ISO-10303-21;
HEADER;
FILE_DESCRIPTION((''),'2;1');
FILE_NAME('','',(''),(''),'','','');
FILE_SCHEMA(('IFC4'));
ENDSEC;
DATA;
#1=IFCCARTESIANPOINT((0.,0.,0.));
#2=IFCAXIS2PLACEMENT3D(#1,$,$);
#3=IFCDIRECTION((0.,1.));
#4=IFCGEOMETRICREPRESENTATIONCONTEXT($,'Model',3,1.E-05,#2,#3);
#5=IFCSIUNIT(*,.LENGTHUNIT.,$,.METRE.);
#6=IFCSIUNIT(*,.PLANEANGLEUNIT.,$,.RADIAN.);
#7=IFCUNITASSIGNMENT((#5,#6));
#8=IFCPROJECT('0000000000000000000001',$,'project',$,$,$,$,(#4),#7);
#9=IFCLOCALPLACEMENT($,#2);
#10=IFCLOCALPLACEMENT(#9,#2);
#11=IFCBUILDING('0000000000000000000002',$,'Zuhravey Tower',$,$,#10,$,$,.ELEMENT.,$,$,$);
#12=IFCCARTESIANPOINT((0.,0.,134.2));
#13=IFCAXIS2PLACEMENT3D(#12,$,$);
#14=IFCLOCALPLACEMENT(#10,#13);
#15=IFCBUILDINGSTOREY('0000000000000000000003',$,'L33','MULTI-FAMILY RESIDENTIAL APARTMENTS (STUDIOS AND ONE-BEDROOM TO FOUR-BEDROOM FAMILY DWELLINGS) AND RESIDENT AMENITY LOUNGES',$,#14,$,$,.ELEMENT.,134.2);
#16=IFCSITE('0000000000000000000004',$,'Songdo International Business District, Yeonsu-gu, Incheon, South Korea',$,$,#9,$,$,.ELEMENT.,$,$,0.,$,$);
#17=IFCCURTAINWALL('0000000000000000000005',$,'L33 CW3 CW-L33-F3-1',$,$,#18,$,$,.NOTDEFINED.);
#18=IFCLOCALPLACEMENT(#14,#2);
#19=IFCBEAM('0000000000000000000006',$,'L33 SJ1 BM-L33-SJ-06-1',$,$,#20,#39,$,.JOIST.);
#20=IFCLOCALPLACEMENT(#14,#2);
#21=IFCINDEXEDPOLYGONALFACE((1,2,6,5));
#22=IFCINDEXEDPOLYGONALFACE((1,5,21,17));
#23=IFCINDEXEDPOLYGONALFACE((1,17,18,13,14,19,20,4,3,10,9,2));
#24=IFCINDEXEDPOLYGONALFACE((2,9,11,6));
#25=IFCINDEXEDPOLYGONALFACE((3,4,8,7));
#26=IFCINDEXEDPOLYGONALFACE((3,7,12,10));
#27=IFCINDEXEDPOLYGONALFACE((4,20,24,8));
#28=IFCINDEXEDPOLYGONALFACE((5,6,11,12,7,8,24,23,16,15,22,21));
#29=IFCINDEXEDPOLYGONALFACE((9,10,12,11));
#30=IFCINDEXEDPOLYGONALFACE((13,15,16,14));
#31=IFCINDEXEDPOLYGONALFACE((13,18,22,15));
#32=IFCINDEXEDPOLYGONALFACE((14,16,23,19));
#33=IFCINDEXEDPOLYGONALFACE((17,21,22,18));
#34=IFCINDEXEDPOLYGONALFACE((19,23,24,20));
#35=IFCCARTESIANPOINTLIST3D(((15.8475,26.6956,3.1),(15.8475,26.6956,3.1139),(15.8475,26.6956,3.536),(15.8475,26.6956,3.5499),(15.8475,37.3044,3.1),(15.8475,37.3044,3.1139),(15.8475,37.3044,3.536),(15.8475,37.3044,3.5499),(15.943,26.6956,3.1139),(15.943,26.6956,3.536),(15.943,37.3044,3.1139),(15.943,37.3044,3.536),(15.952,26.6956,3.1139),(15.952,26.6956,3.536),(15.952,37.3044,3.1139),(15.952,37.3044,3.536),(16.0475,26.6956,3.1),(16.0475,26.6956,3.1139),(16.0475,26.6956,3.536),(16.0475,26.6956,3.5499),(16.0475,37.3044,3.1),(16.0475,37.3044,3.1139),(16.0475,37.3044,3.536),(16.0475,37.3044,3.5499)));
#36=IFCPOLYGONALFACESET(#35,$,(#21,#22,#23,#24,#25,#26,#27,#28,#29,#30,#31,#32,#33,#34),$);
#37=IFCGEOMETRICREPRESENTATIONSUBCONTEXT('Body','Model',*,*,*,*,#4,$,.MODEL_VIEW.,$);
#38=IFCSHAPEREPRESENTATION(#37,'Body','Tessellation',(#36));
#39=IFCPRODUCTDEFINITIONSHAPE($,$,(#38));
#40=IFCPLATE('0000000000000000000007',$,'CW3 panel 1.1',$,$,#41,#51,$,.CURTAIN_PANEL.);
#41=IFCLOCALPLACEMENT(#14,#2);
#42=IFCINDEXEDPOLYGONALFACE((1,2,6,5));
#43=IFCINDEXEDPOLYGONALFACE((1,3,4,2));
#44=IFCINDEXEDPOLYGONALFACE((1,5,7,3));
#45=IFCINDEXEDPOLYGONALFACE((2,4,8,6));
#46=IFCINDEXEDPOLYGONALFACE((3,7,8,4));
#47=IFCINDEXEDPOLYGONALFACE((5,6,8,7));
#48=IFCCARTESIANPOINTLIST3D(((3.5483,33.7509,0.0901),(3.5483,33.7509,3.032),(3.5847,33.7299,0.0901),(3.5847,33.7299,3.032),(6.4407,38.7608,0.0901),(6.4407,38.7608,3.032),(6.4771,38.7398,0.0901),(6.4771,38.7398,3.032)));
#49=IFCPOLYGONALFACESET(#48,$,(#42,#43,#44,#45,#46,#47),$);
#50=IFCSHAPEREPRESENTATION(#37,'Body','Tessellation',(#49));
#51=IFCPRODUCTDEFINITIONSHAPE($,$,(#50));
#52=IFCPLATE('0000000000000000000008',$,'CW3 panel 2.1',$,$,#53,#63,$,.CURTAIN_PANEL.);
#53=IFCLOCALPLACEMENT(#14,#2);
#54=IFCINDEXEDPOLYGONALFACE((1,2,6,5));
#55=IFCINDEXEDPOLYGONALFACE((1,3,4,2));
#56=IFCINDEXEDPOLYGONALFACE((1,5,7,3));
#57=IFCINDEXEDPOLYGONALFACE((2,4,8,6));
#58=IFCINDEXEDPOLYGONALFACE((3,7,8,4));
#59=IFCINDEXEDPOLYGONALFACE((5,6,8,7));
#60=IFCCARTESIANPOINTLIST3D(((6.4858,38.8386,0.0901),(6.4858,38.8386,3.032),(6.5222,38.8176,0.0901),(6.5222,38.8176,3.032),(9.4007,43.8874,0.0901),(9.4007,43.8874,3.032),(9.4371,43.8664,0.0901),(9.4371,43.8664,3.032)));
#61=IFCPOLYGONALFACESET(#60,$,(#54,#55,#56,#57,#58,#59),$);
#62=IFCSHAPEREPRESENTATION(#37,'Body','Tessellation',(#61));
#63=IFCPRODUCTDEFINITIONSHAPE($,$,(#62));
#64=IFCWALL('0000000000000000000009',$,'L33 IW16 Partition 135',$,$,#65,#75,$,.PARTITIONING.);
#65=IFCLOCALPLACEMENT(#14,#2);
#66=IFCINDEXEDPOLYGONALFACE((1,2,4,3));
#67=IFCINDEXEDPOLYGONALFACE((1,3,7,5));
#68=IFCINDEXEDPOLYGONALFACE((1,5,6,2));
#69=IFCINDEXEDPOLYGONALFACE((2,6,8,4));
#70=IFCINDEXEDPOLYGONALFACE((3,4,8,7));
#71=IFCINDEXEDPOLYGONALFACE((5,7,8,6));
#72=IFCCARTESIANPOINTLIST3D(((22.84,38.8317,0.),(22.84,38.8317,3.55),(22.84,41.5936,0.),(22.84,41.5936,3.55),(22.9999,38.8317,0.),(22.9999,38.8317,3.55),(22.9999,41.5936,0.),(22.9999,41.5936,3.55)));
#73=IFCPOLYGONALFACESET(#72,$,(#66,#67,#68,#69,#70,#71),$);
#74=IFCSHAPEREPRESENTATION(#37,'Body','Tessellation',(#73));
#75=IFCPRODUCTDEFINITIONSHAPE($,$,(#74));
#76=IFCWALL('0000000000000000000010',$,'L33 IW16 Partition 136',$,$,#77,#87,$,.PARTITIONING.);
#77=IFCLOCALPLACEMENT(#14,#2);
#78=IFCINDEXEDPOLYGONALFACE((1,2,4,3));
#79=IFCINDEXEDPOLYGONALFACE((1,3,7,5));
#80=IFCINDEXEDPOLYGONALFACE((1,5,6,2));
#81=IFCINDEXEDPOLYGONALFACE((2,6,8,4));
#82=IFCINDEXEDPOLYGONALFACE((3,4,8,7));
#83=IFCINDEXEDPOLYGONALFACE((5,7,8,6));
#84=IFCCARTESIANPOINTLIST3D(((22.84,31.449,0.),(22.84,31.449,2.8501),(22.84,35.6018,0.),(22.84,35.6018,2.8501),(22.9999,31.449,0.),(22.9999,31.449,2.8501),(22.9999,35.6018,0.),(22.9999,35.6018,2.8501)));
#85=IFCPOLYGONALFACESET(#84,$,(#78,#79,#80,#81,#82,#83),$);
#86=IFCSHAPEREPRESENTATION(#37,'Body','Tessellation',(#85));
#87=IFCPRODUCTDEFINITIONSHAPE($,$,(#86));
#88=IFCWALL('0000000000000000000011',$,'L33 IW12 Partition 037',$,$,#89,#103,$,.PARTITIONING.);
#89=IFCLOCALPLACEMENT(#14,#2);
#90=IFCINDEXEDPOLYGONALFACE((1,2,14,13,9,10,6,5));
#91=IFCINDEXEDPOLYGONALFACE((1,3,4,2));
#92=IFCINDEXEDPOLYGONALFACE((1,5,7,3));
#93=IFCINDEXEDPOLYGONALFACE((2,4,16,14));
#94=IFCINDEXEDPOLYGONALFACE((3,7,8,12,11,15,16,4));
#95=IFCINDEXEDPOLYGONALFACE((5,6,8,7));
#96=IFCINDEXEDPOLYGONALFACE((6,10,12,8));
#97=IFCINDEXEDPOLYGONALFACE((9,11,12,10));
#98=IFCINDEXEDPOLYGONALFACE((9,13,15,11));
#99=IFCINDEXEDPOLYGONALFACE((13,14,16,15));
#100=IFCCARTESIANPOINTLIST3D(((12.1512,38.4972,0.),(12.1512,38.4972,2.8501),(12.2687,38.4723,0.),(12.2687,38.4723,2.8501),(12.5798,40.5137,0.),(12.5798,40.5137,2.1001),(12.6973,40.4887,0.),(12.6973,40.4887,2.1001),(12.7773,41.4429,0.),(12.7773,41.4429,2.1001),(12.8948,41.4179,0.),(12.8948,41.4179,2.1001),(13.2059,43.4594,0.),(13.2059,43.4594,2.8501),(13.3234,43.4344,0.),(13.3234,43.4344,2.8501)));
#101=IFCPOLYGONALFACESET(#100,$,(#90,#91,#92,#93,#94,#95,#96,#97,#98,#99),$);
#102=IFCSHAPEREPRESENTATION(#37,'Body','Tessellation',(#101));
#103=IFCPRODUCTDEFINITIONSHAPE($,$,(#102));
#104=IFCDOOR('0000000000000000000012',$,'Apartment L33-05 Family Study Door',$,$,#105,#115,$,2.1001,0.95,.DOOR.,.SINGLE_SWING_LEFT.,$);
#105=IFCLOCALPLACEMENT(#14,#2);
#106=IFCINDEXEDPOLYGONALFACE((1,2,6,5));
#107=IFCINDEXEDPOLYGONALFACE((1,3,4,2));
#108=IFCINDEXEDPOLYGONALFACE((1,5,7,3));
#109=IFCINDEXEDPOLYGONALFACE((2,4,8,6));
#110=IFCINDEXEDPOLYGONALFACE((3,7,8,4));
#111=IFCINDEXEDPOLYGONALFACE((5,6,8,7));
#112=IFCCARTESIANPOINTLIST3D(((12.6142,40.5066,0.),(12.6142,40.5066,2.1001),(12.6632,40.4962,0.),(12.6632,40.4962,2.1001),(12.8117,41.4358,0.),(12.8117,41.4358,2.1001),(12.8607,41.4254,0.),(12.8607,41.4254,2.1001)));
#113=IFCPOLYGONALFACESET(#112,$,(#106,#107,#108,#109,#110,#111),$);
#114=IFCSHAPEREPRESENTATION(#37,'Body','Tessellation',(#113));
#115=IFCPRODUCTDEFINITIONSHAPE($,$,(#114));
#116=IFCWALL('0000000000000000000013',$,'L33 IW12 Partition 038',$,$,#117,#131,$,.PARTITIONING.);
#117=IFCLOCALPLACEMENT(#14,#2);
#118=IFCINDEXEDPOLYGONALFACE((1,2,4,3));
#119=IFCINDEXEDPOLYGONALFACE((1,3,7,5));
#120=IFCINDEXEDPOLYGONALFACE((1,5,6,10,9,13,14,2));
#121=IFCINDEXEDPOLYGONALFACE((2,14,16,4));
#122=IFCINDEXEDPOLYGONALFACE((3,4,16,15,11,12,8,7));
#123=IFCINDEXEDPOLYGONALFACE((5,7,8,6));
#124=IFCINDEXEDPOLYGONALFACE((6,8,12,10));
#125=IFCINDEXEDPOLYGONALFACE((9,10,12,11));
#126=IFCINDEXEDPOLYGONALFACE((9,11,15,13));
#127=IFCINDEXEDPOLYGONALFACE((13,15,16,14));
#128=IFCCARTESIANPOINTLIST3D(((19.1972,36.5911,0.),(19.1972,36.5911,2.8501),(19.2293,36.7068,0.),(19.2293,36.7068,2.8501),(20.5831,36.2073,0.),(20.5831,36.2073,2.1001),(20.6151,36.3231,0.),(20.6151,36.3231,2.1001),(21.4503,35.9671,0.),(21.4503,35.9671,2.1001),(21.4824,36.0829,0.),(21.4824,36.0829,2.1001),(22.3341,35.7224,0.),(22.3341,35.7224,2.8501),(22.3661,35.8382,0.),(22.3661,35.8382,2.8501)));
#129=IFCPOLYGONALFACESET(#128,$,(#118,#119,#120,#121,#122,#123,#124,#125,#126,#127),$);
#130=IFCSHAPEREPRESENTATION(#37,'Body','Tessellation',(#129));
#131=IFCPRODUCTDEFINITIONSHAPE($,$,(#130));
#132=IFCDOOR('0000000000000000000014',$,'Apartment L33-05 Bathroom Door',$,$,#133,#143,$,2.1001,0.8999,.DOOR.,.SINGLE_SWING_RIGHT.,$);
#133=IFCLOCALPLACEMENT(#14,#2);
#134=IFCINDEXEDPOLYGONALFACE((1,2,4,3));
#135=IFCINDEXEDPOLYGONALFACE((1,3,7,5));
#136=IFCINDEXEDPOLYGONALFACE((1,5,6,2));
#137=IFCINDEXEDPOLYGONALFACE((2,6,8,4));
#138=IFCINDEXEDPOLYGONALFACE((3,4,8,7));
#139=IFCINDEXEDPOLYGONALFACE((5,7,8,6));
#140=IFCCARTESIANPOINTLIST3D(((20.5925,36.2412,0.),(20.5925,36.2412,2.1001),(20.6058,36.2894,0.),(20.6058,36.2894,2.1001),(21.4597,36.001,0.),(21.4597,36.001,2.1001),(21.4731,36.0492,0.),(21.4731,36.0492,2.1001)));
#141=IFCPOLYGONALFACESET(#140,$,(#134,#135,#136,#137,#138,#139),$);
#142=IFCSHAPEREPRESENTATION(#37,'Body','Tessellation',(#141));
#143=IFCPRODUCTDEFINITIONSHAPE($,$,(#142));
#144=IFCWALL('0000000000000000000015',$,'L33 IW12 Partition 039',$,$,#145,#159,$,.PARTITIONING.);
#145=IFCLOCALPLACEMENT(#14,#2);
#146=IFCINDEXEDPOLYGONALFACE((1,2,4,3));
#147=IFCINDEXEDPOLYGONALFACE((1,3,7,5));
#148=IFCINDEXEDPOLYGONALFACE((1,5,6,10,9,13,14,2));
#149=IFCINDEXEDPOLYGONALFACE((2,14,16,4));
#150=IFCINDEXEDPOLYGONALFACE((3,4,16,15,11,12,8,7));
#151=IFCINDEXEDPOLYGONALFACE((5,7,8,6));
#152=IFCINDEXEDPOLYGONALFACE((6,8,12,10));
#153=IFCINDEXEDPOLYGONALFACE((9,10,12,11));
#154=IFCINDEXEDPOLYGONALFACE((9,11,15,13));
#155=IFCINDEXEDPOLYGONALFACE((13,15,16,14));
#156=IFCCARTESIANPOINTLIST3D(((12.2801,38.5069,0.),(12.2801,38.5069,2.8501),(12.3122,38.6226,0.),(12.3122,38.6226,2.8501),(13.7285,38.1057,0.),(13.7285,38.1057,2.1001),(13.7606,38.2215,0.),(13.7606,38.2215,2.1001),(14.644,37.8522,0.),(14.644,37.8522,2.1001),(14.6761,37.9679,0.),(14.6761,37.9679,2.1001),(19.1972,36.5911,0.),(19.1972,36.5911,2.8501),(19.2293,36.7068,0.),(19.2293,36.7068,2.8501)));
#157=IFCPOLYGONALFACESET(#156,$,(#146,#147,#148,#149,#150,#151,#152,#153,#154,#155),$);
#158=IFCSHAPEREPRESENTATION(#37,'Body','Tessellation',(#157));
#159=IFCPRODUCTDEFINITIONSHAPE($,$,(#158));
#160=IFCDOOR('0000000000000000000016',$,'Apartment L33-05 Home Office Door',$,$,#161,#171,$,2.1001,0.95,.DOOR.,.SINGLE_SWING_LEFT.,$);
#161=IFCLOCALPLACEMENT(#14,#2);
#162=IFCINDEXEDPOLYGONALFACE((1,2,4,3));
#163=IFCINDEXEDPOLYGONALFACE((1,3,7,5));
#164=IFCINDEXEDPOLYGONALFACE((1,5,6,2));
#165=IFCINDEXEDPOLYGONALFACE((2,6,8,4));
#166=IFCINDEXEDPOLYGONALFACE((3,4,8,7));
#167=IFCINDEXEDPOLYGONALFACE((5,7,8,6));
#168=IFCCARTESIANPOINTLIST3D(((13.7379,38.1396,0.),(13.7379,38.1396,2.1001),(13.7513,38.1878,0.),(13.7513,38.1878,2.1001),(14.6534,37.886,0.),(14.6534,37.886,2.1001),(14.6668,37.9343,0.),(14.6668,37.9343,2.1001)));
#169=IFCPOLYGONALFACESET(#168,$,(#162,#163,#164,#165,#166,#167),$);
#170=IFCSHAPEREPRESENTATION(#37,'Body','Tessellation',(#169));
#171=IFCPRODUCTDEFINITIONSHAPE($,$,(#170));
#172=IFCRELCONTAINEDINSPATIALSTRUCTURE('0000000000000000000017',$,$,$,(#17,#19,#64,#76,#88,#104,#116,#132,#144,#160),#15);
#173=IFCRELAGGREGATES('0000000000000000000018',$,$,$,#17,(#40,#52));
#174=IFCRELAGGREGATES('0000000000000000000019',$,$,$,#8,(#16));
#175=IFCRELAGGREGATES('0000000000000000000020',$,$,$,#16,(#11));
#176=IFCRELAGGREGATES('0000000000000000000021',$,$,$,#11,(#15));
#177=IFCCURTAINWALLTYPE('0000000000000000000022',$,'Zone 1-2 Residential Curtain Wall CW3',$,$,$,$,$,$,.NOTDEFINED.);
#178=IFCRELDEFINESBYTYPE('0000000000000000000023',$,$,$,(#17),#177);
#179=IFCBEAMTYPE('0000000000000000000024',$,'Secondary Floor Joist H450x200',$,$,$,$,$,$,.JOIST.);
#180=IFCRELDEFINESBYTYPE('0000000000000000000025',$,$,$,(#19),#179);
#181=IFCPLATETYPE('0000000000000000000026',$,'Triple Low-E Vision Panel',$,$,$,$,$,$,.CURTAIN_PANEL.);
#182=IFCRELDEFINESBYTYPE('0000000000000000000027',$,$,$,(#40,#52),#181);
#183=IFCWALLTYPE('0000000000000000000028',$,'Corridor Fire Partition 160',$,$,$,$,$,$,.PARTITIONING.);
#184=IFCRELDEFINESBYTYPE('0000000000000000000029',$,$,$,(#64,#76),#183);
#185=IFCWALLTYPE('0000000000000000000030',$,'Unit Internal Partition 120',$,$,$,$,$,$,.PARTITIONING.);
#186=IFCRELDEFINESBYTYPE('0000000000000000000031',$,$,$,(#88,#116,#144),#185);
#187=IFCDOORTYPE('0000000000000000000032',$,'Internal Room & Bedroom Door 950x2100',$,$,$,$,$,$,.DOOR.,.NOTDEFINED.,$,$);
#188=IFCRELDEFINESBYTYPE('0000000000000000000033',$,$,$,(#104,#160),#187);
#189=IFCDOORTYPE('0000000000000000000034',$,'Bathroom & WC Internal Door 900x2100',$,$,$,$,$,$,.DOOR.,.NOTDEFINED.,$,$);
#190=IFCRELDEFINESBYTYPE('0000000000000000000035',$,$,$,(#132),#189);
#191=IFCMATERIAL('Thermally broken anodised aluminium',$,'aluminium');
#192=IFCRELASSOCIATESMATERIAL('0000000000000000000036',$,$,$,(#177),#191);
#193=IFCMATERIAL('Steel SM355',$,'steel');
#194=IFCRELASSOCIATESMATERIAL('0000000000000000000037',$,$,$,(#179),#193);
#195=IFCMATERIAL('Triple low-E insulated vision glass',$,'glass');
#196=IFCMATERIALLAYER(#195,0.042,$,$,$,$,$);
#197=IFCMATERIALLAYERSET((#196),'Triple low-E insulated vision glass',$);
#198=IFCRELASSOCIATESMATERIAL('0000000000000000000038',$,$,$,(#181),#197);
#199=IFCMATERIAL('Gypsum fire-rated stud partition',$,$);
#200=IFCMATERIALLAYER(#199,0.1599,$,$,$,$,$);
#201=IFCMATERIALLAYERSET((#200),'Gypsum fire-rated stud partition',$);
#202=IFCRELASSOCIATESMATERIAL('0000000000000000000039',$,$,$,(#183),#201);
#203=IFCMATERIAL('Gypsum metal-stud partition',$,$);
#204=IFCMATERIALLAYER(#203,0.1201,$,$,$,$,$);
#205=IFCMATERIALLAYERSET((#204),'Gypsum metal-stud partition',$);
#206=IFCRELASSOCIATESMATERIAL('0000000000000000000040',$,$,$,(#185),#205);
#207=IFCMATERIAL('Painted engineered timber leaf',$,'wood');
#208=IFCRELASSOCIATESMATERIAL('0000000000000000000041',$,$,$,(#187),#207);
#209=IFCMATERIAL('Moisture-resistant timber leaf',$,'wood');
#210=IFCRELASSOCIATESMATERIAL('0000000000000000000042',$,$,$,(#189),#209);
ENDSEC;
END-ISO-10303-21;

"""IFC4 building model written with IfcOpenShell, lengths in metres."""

from ifc_helpers import new_model, si_unit, direction, frame, frame_2d, origin, origin_2d, place, context, subcontext, project, spatial, rectangle, i_section, extrude, material, layer, layer_set, material_profile, profile_set, type_object, element, fill, aggregate, save


model = new_model("IFC4")

# Units and contexts
model_context = context("Model", 3, precision=1e-05, world=origin(), true_north=direction((0.0, 1.0)))
body_context = subcontext(model_context, "Body", "Model", "MODEL_VIEW")
ifc_project = project(units=[si_unit("LENGTHUNIT", "METRE"), si_unit("PLANEANGLEUNIT", "RADIAN")], contexts=[model_context])

# Site, building, storey
site_placement = place(None, origin())
site = spatial("IfcSite", under=ifc_project, at=site_placement, Name="Songdo International Business District, Yeonsu-gu, Incheon, South Korea", CompositionType="ELEMENT", RefElevation=0.0)
building_placement = place(site_placement, origin())
building = spatial("IfcBuilding", under=site, at=building_placement, Name="Zuhravey Tower", CompositionType="ELEMENT")
storey_placement = place(building_placement, frame((0.0, 0.0, 134.2)))
storey = spatial("IfcBuildingStorey", under=building, at=storey_placement, Name="L33", Description="MULTI-FAMILY RESIDENTIAL APARTMENTS (STUDIOS AND ONE-BEDROOM TO FOUR-BEDROOM FAMILY DWELLINGS) AND RESIDENT AMENITY LOUNGES", CompositionType="ELEMENT", Elevation=134.2)

# Curtain wall
ifc_material_1 = material(Name="Thermally broken anodised aluminium", Category="aluminium")
curtain_wall_type = type_object("IfcCurtainWallType", Name="Zone 1-2 Residential Curtain Wall CW3", PredefinedType="NOTDEFINED", material=ifc_material_1)
curtain_wall_placement = place(storey_placement, origin())
curtain_wall = element("IfcCurtainWall", 1, at=curtain_wall_placement, inside=storey, type_object=curtain_wall_type, Name="L33 CW3 CW-L33-F3-1", PredefinedType="NOTDEFINED")

# Beam
ifc_material_2 = material(Name="Steel SM355", Category="steel")
ifc_material_profile_1 = material_profile(ifc_material_2, i_section(OverallWidth=0.2, OverallDepth=0.45, WebThickness=0.009, FlangeThickness=0.0139, at=origin_2d()), Name="H-450x200x9x14")
ifc_profile_set_1 = profile_set([ifc_material_profile_1], Name="Steel SM355")
beam_type_1 = type_object("IfcBeamType", Name="Secondary Floor Joist H450x200", PredefinedType="JOIST", material=ifc_profile_set_1)
beam_1_placement = place(storey_placement, frame((15.9475, 37.3044, 3.325), z_axis=(0.0, -1.0, 0.0), x_axis=(1.0, 0.0, 0.0)))
element("IfcBeam", 2, at=beam_1_placement, inside=storey, type_object=beam_type_1, Name="L33 SJ1 BM-L33-SJ-06-1", PredefinedType="JOIST", context=body_context, shape_type="SweptSolid", body=[
    extrude(i_section(OverallWidth=0.2, OverallDepth=0.45, WebThickness=0.009, FlangeThickness=0.0139, at=origin_2d()), origin(), (0.0, 0.0, 1.0), 10.6089),
])

# Plates
ifc_material_3 = material(Name="Triple low-E insulated vision glass", Category="glass")
ifc_layer_1 = layer(ifc_material_3, 0.042)
ifc_layer_set_1 = layer_set([ifc_layer_1], Name="Triple low-E insulated vision glass")
plate_type = type_object("IfcPlateType", Name="Triple Low-E Vision Panel", PredefinedType="CURTAIN_PANEL", material=ifc_layer_set_1)
plate_1_placement = place(storey_placement, frame((5.0127, 36.2454, 0.0901), z_axis=(0.0, 0.0, 1.0), x_axis=(0.5, 0.866026, 0.0)))
plate_1 = element("IfcPlate", 3, at=plate_1_placement, type_object=plate_type, Name="CW3 panel 1.1", PredefinedType="CURTAIN_PANEL", context=body_context, shape_type="SweptSolid", body=[
    extrude(rectangle(XDim=5.7849, YDim=0.042, at=origin_2d()), origin(), (0.0, 0.0, 1.0), 2.9419),
])
plate_2_placement = place(storey_placement, frame((7.9614, 41.3525, 0.0901), z_axis=(0.0, 0.0, 1.0), x_axis=(0.5, 0.866026, 0.0)))
plate_2 = element("IfcPlate", 4, at=plate_2_placement, type_object=plate_type, Name="CW3 panel 2.1", PredefinedType="CURTAIN_PANEL", context=body_context, shape_type="SweptSolid", body=[
    extrude(rectangle(XDim=5.8298, YDim=0.042, at=origin_2d()), origin(), (0.0, 0.0, 1.0), 2.9419),
])
aggregate(curtain_wall, [plate_1, plate_2])

# Shared definitions
ifc_material_4 = material(Name="Gypsum fire-rated stud partition")
ifc_layer_2 = layer(ifc_material_4, 0.1599)
ifc_layer_set_2 = layer_set([ifc_layer_2], Name="Gypsum fire-rated stud partition")
wall_type_1 = type_object("IfcWallType", Name="Corridor Fire Partition 160", PredefinedType="PARTITIONING", material=ifc_layer_set_2)

# Walls
wall_1_placement = place(storey_placement, frame((22.9199, 41.5935, 0.0), z_axis=(0.0, 0.0, 1.0), x_axis=(0.0, -1.0, 0.0)))
element("IfcWall", 5, at=wall_1_placement, inside=storey, type_object=wall_type_1, Name="L33 IW16 Partition 135", PredefinedType="PARTITIONING", context=body_context, shape_type="SweptSolid", body=[
    extrude(rectangle(XDim=2.762, YDim=0.1599, at=frame_2d((1.3809, 0.0))), origin(), (0.0, 0.0, 1.0), 3.55),
])
wall_2_placement = place(storey_placement, frame((22.9199, 35.6018, 0.0), z_axis=(0.0, 0.0, 1.0), x_axis=(0.0, -1.0, 0.0)))
element("IfcWall", 6, at=wall_2_placement, inside=storey, type_object=wall_type_1, Name="L33 IW16 Partition 136", PredefinedType="PARTITIONING", context=body_context, shape_type="SweptSolid", body=[
    extrude(rectangle(XDim=4.1528, YDim=0.1599, at=frame_2d((2.0764, 0.0))), origin(), (0.0, 0.0, 1.0), 2.8501),
])

# Walls, openings, doors
ifc_material_5 = material(Name="Gypsum metal-stud partition")
ifc_layer_3 = layer(ifc_material_5, 0.1201)
ifc_layer_set_3 = layer_set([ifc_layer_3], Name="Gypsum metal-stud partition")
wall_type_2 = type_object("IfcWallType", Name="Unit Internal Partition 120", PredefinedType="PARTITIONING", material=ifc_layer_set_3)
wall_3_placement = place(storey_placement, frame((13.2646, 43.447, 0.0), z_axis=(0.0, 0.0, 1.0), x_axis=(-0.207902, -0.97815, 0.0)))
wall_3 = element("IfcWall", 7, at=wall_3_placement, inside=storey, type_object=wall_type_2, Name="L33 IW12 Partition 037", PredefinedType="PARTITIONING", context=body_context, shape_type="SweptSolid", body=[
    extrude(rectangle(XDim=5.073, YDim=0.1201, at=frame_2d((2.5366, 0.0))), origin(), (0.0, 0.0, 1.0), 2.8501),
])
opening_1_placement = place(wall_3_placement, frame((2.0615, 0.0, 0.0)))
opening_1 = element("IfcOpeningElement", 8, at=opening_1_placement, cuts=wall_3, PredefinedType="OPENING", context=body_context, shape_type="SweptSolid", body=[
    extrude(rectangle(XDim=0.95, YDim=2.1001, at=frame_2d((0.4751, 1.05))), frame((0.0, 0.072, 0.0), z_axis=(0.0, -1.0, 0.0), x_axis=(1.0, 0.0, 0.0)), (0.0, 0.0, 1.0), 0.144),
])
ifc_material_6 = material(Name="Painted engineered timber leaf", Category="wood")
door_type_1 = type_object("IfcDoorType", Name="Internal Room & Bedroom Door 950x2100", OperationType="NOTDEFINED", PredefinedType="DOOR", material=ifc_material_6)
door_1_placement = place(opening_1_placement, frame((0.95, 0.0, 0.0), z_axis=(0.0, 0.0, 1.0), x_axis=(-1.0, 0.0, 0.0)))
door_1 = element("IfcDoor", 9, at=door_1_placement, inside=storey, type_object=door_type_1, Name="Apartment L33-05 Family Study Door", OperationType="SINGLE_SWING_LEFT", OverallHeight=2.1001, OverallWidth=0.95, PredefinedType="DOOR", context=body_context, shape_type="SweptSolid", body=[
    extrude(rectangle(XDim=0.95, YDim=2.1001, at=frame_2d((0.4751, 1.05))), frame((0.0, 0.0249, 0.0), z_axis=(0.0, -1.0, 0.0), x_axis=(1.0, 0.0, 0.0)), (0.0, 0.0, 1.0), 0.05),
])
fill(opening_1, door_1)
wall_4_placement = place(storey_placement, frame((22.3501, 35.7803, 0.0), z_axis=(0.0, 0.0, 1.0), x_axis=(-0.963728, 0.266886, 0.0)))
wall_4 = element("IfcWall", 10, at=wall_4_placement, inside=storey, type_object=wall_type_2, Name="L33 IW12 Partition 038", PredefinedType="PARTITIONING", context=body_context, shape_type="SweptSolid", body=[
    extrude(rectangle(XDim=3.2549, YDim=0.1201, at=frame_2d((1.6274, 0.0))), origin(), (0.0, 0.0, 1.0), 2.8501),
])
opening_2_placement = place(wall_4_placement, frame((0.917, 0.0, 0.0)))
opening_2 = element("IfcOpeningElement", 11, at=opening_2_placement, cuts=wall_4, PredefinedType="OPENING", context=body_context, shape_type="SweptSolid", body=[
    extrude(rectangle(XDim=0.8999, YDim=2.1001, at=frame_2d((0.45, 1.05))), frame((0.0, 0.072, 0.0), z_axis=(0.0, -1.0, 0.0), x_axis=(1.0, 0.0, 0.0)), (0.0, 0.0, 1.0), 0.144),
])
ifc_material_7 = material(Name="Moisture-resistant timber leaf", Category="wood")
door_type_2 = type_object("IfcDoorType", Name="Bathroom & WC Internal Door 900x2100", OperationType="NOTDEFINED", PredefinedType="DOOR", material=ifc_material_7)
door_2_placement = place(opening_2_placement, origin())
door_2 = element("IfcDoor", 12, at=door_2_placement, inside=storey, type_object=door_type_2, Name="Apartment L33-05 Bathroom Door", OperationType="SINGLE_SWING_RIGHT", OverallHeight=2.1001, OverallWidth=0.8999, PredefinedType="DOOR", context=body_context, shape_type="SweptSolid", body=[
    extrude(rectangle(XDim=0.8999, YDim=2.1001, at=frame_2d((0.45, 1.05))), frame((0.0, 0.0249, 0.0), z_axis=(0.0, -1.0, 0.0), x_axis=(1.0, 0.0, 0.0)), (0.0, 0.0, 1.0), 0.05),
])
fill(opening_2, door_2)
wall_5_placement = place(storey_placement, frame((19.2134, 36.6489, 0.0), z_axis=(0.0, 0.0, 1.0), x_axis=(-0.963719, 0.266917, 0.0)))
wall_5 = element("IfcWall", 13, at=wall_5_placement, inside=storey, type_object=wall_type_2, Name="L33 IW12 Partition 039", PredefinedType="PARTITIONING", context=body_context, shape_type="SweptSolid", body=[
    extrude(rectangle(XDim=7.1775, YDim=0.1201, at=frame_2d((3.5889, 0.0))), origin(), (0.0, 0.0, 1.0), 2.8501),
])
opening_3_placement = place(wall_5_placement, frame((4.7246, 0.0, 0.0)))
opening_3 = element("IfcOpeningElement", 14, at=opening_3_placement, cuts=wall_5, PredefinedType="OPENING", context=body_context, shape_type="SweptSolid", body=[
    extrude(rectangle(XDim=0.95, YDim=2.1001, at=frame_2d((0.4751, 1.05))), frame((0.0, 0.072, 0.0), z_axis=(0.0, -1.0, 0.0), x_axis=(1.0, 0.0, 0.0)), (0.0, 0.0, 1.0), 0.144),
])
door_3_placement = place(opening_3_placement, origin())
door_3 = element("IfcDoor", 15, at=door_3_placement, inside=storey, type_object=door_type_1, Name="Apartment L33-05 Home Office Door", OperationType="SINGLE_SWING_LEFT", OverallHeight=2.1001, OverallWidth=0.95, PredefinedType="DOOR", context=body_context, shape_type="SweptSolid", body=[
    extrude(rectangle(XDim=0.95, YDim=2.1001, at=frame_2d((0.4751, 1.05))), frame((0.0, 0.0249, 0.0), z_axis=(0.0, -1.0, 0.0), x_axis=(1.0, 0.0, 0.0)), (0.0, 0.0, 1.0), 0.05),
])
fill(opening_3, door_3)

save(model, "model.ifc")
